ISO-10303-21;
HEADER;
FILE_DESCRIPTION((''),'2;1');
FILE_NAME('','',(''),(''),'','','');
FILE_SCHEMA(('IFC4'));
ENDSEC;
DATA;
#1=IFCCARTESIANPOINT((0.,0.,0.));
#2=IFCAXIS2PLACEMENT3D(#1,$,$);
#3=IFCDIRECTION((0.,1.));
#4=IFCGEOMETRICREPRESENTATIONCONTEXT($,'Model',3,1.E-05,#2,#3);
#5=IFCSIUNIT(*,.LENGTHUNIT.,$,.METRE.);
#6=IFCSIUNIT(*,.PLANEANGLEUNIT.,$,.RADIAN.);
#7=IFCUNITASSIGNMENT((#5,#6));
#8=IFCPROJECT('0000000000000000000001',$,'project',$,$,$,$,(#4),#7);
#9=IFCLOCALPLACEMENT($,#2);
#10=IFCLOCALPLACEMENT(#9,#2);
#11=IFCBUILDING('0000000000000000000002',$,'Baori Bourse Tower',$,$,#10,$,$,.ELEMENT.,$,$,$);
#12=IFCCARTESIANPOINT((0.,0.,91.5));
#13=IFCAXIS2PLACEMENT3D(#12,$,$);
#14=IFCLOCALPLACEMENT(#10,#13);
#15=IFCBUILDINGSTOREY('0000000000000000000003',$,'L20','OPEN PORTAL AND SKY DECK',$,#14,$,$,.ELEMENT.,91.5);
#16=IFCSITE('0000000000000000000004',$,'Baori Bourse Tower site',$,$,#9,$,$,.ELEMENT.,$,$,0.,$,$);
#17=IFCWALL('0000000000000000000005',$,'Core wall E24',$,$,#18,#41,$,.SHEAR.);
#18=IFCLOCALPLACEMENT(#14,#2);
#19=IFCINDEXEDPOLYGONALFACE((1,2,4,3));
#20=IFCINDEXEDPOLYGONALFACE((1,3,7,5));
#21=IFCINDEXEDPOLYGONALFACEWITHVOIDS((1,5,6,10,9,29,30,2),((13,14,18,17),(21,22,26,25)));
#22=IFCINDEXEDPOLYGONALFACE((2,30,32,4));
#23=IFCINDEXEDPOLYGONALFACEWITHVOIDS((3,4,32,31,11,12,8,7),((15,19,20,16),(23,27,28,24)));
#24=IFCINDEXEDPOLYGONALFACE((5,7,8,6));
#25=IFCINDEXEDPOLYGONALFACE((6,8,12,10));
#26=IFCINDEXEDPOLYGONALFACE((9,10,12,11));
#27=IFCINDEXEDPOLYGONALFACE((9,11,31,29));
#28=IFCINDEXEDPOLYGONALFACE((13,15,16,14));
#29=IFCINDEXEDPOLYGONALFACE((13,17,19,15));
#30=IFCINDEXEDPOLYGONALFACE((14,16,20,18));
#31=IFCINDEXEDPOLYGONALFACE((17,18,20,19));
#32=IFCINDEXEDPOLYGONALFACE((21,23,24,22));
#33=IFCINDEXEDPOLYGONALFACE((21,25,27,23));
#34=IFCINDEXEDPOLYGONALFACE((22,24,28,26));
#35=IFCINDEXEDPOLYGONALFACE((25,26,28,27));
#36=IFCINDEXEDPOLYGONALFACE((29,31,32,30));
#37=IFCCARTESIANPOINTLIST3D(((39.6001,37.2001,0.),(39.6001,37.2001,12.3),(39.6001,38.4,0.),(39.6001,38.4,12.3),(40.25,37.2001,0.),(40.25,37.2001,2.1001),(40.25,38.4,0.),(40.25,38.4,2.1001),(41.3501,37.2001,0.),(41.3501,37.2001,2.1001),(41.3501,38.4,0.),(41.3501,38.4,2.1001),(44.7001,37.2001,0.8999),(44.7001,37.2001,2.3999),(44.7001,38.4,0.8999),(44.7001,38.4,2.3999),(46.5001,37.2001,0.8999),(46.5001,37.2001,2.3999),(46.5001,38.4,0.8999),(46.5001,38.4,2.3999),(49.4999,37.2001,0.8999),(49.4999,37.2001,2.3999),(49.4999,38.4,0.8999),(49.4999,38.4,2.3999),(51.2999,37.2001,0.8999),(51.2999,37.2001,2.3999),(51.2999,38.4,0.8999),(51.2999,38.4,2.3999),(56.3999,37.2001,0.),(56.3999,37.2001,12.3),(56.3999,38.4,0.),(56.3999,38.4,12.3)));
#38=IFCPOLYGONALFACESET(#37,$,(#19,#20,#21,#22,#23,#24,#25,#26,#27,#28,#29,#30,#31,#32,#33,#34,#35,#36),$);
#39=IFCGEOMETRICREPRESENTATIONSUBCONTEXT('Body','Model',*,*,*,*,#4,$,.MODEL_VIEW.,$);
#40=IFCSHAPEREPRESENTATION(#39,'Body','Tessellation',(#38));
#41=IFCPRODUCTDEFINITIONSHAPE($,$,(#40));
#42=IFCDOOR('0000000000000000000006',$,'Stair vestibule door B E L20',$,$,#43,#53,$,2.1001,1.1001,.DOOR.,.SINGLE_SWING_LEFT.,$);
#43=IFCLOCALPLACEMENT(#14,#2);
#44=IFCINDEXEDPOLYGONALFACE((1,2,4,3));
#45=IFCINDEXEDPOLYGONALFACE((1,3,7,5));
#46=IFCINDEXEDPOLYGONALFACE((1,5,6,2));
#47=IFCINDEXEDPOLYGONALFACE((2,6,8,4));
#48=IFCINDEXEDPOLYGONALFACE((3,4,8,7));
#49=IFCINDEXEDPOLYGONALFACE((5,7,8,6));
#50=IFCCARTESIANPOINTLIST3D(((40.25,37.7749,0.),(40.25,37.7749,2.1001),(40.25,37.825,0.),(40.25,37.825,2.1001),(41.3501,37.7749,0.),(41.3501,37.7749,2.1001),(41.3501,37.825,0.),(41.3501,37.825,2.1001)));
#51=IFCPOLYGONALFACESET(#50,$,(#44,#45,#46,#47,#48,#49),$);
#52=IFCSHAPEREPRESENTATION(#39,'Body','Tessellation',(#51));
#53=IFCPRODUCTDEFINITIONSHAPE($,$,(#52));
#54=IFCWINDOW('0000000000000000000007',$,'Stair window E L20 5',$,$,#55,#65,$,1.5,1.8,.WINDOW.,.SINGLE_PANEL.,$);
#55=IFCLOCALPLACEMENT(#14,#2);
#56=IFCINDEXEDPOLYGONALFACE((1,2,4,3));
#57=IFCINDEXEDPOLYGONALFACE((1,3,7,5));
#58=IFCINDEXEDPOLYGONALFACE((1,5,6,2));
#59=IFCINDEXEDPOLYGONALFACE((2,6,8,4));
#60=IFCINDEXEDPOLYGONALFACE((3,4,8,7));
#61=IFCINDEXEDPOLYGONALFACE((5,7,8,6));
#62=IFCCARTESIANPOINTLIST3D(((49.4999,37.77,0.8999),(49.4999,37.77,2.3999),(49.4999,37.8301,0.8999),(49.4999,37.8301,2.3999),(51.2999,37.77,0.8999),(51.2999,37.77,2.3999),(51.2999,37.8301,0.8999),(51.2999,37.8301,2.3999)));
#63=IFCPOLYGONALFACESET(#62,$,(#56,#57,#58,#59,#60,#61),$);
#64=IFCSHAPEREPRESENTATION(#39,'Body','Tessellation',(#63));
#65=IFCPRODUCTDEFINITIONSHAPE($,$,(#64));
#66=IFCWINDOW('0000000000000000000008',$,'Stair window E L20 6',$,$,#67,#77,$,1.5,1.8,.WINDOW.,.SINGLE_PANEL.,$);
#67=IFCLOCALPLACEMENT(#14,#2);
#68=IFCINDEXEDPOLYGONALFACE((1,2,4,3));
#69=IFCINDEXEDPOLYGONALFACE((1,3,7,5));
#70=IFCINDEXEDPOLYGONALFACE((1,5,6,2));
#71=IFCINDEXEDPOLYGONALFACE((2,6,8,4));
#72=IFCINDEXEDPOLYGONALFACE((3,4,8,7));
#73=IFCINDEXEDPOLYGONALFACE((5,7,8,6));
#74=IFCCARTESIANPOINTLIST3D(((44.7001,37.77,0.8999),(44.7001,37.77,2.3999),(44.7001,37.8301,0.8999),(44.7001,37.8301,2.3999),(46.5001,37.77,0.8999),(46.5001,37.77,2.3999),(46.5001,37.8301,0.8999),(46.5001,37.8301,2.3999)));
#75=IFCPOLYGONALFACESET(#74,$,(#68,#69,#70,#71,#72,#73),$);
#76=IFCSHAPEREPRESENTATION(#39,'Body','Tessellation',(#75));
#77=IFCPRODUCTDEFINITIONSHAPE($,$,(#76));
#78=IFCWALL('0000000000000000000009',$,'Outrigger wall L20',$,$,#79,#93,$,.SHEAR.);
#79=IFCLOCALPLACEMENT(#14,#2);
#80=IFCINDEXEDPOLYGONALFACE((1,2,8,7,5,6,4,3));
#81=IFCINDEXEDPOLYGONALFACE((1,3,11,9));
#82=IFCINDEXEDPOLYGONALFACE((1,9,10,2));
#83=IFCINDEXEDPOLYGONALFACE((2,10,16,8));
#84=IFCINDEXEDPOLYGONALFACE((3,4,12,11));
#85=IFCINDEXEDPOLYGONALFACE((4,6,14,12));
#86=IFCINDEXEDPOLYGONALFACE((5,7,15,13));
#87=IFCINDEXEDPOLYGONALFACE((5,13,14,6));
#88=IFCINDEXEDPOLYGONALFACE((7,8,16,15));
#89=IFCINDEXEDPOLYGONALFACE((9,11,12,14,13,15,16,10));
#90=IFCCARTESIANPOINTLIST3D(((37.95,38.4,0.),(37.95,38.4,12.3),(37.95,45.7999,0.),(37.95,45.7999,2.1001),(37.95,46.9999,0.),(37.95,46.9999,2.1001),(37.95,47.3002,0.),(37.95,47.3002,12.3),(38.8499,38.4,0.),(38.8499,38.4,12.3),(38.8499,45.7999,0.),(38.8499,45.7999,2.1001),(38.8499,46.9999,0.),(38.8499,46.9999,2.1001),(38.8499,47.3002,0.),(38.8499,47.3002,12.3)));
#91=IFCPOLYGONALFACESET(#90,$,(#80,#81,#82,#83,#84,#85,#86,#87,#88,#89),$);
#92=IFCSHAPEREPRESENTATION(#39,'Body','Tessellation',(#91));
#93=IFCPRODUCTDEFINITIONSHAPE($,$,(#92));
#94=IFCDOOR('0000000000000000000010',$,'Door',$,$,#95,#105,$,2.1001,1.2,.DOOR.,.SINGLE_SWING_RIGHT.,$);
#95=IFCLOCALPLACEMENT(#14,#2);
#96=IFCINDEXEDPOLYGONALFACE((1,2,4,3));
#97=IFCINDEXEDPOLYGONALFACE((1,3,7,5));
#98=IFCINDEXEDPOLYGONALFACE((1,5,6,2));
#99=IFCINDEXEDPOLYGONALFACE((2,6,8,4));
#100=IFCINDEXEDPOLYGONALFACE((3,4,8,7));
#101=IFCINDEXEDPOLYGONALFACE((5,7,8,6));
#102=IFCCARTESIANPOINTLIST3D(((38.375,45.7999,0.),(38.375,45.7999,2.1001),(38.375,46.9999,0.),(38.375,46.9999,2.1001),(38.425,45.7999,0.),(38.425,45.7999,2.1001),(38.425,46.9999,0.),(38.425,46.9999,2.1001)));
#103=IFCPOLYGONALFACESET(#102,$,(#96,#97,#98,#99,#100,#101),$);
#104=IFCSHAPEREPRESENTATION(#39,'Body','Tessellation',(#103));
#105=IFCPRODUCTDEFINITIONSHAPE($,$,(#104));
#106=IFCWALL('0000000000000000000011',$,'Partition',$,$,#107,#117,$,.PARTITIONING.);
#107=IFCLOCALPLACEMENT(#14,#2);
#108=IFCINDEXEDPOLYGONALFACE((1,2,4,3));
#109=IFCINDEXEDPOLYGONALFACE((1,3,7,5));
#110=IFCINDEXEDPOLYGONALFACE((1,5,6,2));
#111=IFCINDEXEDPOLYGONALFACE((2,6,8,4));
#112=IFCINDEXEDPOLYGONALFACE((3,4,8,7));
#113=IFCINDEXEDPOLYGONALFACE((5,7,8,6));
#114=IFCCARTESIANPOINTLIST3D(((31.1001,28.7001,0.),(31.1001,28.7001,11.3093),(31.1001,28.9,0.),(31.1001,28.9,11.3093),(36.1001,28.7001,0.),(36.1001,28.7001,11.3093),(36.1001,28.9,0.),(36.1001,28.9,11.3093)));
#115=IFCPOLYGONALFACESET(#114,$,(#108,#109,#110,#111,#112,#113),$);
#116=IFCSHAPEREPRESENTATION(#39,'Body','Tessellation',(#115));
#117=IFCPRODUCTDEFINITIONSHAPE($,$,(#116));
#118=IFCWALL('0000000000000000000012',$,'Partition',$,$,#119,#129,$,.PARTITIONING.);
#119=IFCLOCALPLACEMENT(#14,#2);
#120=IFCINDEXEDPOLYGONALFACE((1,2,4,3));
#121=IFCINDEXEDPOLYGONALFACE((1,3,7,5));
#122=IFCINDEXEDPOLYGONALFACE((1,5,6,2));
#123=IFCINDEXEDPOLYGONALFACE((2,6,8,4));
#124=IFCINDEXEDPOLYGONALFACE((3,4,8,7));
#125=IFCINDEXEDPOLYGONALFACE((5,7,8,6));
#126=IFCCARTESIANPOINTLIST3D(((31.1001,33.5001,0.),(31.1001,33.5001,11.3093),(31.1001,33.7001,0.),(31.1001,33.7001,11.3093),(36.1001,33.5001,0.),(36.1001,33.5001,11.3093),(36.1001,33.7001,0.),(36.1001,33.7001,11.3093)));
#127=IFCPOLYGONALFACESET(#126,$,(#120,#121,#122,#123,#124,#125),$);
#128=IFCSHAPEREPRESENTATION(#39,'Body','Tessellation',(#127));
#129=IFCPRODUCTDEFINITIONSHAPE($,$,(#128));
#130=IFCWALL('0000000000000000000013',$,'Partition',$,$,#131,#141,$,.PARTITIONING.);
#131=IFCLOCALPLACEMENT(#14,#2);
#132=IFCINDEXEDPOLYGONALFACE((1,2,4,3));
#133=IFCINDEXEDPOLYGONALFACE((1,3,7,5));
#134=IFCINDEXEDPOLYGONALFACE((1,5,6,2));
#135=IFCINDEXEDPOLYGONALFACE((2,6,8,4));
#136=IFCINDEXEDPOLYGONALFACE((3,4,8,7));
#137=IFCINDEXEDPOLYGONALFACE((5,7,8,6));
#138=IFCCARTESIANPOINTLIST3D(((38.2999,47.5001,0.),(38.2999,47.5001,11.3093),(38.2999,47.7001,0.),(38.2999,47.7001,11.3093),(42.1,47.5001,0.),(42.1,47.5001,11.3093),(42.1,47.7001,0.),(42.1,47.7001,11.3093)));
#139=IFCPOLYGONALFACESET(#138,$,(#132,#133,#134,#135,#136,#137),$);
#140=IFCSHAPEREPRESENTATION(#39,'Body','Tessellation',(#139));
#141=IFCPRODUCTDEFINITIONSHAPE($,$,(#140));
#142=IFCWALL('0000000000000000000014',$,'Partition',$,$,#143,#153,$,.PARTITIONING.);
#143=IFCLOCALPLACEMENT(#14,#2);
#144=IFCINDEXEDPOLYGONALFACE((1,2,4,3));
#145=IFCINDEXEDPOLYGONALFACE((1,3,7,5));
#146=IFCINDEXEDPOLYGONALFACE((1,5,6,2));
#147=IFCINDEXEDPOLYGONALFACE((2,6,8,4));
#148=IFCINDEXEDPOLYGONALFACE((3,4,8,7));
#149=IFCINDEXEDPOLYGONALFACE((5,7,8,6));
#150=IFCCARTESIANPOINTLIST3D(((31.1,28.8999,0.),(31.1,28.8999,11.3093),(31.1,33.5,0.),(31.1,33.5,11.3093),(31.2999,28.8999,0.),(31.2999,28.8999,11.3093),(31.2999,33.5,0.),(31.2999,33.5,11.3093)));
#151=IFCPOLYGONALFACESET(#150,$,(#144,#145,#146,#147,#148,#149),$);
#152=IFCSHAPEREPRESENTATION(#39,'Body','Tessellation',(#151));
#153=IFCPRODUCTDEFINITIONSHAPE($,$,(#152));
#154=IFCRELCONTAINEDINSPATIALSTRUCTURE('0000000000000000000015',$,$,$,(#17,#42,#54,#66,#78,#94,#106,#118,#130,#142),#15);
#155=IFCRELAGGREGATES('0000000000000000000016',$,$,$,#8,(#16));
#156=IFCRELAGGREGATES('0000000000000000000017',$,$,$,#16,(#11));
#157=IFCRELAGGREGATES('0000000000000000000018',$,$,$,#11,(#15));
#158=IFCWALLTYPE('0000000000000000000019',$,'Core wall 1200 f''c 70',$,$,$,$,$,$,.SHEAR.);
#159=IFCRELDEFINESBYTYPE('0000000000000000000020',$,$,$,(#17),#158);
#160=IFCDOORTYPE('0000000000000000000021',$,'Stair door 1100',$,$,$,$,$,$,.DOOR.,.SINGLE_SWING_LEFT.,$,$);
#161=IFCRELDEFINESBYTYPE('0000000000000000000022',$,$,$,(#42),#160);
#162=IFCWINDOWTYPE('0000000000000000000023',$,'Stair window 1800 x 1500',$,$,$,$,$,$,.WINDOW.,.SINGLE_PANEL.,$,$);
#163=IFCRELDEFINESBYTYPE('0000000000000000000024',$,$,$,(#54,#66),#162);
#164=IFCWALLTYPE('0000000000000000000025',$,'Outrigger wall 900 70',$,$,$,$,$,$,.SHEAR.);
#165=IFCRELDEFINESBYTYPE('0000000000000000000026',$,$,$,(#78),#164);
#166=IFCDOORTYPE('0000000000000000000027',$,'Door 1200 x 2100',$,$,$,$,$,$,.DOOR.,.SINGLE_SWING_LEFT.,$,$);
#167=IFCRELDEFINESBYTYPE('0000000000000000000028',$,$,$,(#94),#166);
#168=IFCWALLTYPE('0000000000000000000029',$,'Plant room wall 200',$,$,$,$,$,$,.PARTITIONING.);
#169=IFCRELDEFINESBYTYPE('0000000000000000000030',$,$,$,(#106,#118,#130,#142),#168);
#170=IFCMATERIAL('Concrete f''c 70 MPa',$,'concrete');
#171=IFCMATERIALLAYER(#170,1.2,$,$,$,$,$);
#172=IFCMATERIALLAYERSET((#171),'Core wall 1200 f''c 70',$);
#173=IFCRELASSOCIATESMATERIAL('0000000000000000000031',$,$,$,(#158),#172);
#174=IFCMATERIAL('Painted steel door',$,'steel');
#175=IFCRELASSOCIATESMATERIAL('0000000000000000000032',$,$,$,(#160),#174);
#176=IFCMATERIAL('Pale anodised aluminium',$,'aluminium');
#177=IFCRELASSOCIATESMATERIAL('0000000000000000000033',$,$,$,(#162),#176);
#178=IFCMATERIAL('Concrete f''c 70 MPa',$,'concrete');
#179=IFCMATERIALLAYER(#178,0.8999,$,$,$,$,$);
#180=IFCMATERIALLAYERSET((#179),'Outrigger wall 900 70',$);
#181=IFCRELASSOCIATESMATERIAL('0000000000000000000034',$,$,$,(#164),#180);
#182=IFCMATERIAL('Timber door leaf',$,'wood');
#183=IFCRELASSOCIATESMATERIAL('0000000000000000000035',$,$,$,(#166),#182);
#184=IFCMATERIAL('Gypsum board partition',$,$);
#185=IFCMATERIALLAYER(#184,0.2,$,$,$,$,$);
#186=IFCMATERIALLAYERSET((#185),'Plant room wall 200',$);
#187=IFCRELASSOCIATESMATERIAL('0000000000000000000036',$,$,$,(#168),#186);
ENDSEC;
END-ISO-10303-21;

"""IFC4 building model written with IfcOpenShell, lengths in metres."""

from ifc_helpers import new_model, si_unit, direction, frame, frame_2d, origin, place, context, subcontext, project, spatial, rectangle, extrude, material, layer, layer_set, type_object, element, fill, save


model = new_model("IFC4")

# Units and contexts
model_context = context("Model", 3, precision=1e-05, world=origin(), true_north=direction((0.0, 1.0)))
body_context = subcontext(model_context, "Body", "Model", "MODEL_VIEW")
ifc_project = project(units=[si_unit("LENGTHUNIT", "METRE"), si_unit("PLANEANGLEUNIT", "RADIAN")], contexts=[model_context])

# Site, building, storey
site_placement = place(None, origin())
site = spatial("IfcSite", under=ifc_project, at=site_placement, Name="Baori Bourse Tower site", CompositionType="ELEMENT", RefElevation=0.0)
building_placement = place(site_placement, origin())
building = spatial("IfcBuilding", under=site, at=building_placement, Name="Baori Bourse Tower", CompositionType="ELEMENT")
storey_placement = place(building_placement, frame((0.0, 0.0, 91.5)))
storey = spatial("IfcBuildingStorey", under=building, at=storey_placement, Name="L20", Description="OPEN PORTAL AND SKY DECK", CompositionType="ELEMENT", Elevation=91.5)

# Wall, openings, door, windows
ifc_material_1 = material(Name="Concrete f'c 70 MPa", Category="concrete")
ifc_layer_1 = layer(ifc_material_1, 1.2)
ifc_layer_set_1 = layer_set([ifc_layer_1], Name="Core wall 1200 f'c 70")
wall_type_1 = type_object("IfcWallType", Name="Core wall 1200 f'c 70", PredefinedType="SHEAR", material=ifc_layer_set_1)
wall_1_placement = place(storey_placement, frame((39.6001, 37.8, 0.0), z_axis=(0.0, 0.0, 1.0), x_axis=(1.0, 0.0, 0.0)))
wall_1 = element("IfcWall", 1, at=wall_1_placement, inside=storey, type_object=wall_type_1, Name="Core wall E24", PredefinedType="SHEAR", context=body_context, shape_type="SweptSolid", body=[
    extrude(rectangle(XDim=16.7998, YDim=1.2, at=frame_2d((8.3999, 0.0))), origin(), (0.0, 0.0, 1.0), 12.3),
])
opening_1_placement = place(wall_1_placement, frame((0.6499, 0.0, 0.0)))
opening_1 = element("IfcOpeningElement", 2, at=opening_1_placement, cuts=wall_1, PredefinedType="OPENING", context=body_context, shape_type="SweptSolid", body=[
    extrude(rectangle(XDim=1.1001, YDim=2.1001, at=frame_2d((0.55, 1.05))), frame((0.0, 0.6099, 0.0), z_axis=(0.0, -1.0, 0.0), x_axis=(1.0, 0.0, 0.0)), (0.0, 0.0, 1.0), 1.22),
])
opening_2_placement = place(wall_1_placement, frame((9.8999, 0.0, 0.8999)))
opening_2 = element("IfcOpeningElement", 3, at=opening_2_placement, cuts=wall_1, PredefinedType="OPENING", context=body_context, shape_type="SweptSolid", body=[
    extrude(rectangle(XDim=1.8, YDim=1.5, at=frame_2d((0.8999, 0.75))), frame((0.0, 0.6099, 0.0), z_axis=(0.0, -1.0, 0.0), x_axis=(1.0, 0.0, 0.0)), (0.0, 0.0, 1.0), 1.22),
])
opening_3_placement = place(wall_1_placement, frame((5.1001, 0.0, 0.8999)))
opening_3 = element("IfcOpeningElement", 4, at=opening_3_placement, cuts=wall_1, PredefinedType="OPENING", context=body_context, shape_type="SweptSolid", body=[
    extrude(rectangle(XDim=1.8, YDim=1.5, at=frame_2d((0.8999, 0.75))), frame((0.0, 0.6099, 0.0), z_axis=(0.0, -1.0, 0.0), x_axis=(1.0, 0.0, 0.0)), (0.0, 0.0, 1.0), 1.22),
])
ifc_material_2 = material(Name="Painted steel door", Category="steel")
door_type_1 = type_object("IfcDoorType", Name="Stair door 1100", OperationType="SINGLE_SWING_LEFT", PredefinedType="DOOR", material=ifc_material_2)
door_1_placement = place(opening_1_placement, origin())
door_1 = element("IfcDoor", 5, at=door_1_placement, inside=storey, type_object=door_type_1, Name="Stair vestibule door B E L20", OperationType="SINGLE_SWING_LEFT", OverallHeight=2.1001, OverallWidth=1.1001, PredefinedType="DOOR", context=body_context, shape_type="SweptSolid", body=[
    extrude(rectangle(XDim=1.1001, YDim=2.1001, at=frame_2d((0.55, 1.05))), frame((0.0, 0.0249, 0.0), z_axis=(0.0, -1.0, 0.0), x_axis=(1.0, 0.0, 0.0)), (0.0, 0.0, 1.0), 0.05),
])
fill(opening_1, door_1)
ifc_material_3 = material(Name="Pale anodised aluminium", Category="aluminium")
window_type = type_object("IfcWindowType", Name="Stair window 1800 x 1500", PartitioningType="SINGLE_PANEL", PredefinedType="WINDOW", material=ifc_material_3)
window_1_placement = place(opening_2_placement, origin())
window_1 = element("IfcWindow", 6, at=window_1_placement, inside=storey, type_object=window_type, Name="Stair window E L20 5", OverallHeight=1.5, OverallWidth=1.8, PartitioningType="SINGLE_PANEL", PredefinedType="WINDOW", context=body_context, shape_type="SweptSolid", body=[
    extrude(rectangle(XDim=1.8, YDim=1.5, at=frame_2d((0.8999, 0.75))), frame((0.0, 0.03, 0.0), z_axis=(0.0, -1.0, 0.0), x_axis=(1.0, 0.0, 0.0)), (0.0, 0.0, 1.0), 0.0601),
])
fill(opening_2, window_1)
window_2_placement = place(opening_3_placement, origin())
window_2 = element("IfcWindow", 7, at=window_2_placement, inside=storey, type_object=window_type, Name="Stair window E L20 6", OverallHeight=1.5, OverallWidth=1.8, PartitioningType="SINGLE_PANEL", PredefinedType="WINDOW", context=body_context, shape_type="SweptSolid", body=[
    extrude(rectangle(XDim=1.8, YDim=1.5, at=frame_2d((0.8999, 0.75))), frame((0.0, 0.03, 0.0), z_axis=(0.0, -1.0, 0.0), x_axis=(1.0, 0.0, 0.0)), (0.0, 0.0, 1.0), 0.0601),
])
fill(opening_3, window_2)

# Wall, opening, door
ifc_material_4 = material(Name="Concrete f'c 70 MPa", Category="concrete")
ifc_layer_2 = layer(ifc_material_4, 0.8999)
ifc_layer_set_2 = layer_set([ifc_layer_2], Name="Outrigger wall 900 70")
wall_type_2 = type_object("IfcWallType", Name="Outrigger wall 900 70", PredefinedType="SHEAR", material=ifc_layer_set_2)
wall_2_placement = place(storey_placement, frame((38.3999, 38.3999, 0.0), z_axis=(0.0, 0.0, 1.0), x_axis=(0.0, 1.0, 0.0)))
wall_2 = element("IfcWall", 8, at=wall_2_placement, inside=storey, type_object=wall_type_2, Name="Outrigger wall L20", PredefinedType="SHEAR", context=body_context, shape_type="SweptSolid", body=[
    extrude(rectangle(XDim=8.9001, YDim=0.8999, at=frame_2d((4.4502, 0.0))), origin(), (0.0, 0.0, 1.0), 12.3),
])
opening_4_placement = place(wall_2_placement, frame((7.3999, 0.0, 0.0)))
opening_4 = element("IfcOpeningElement", 9, at=opening_4_placement, cuts=wall_2, PredefinedType="OPENING", context=body_context, shape_type="SweptSolid", body=[
    extrude(rectangle(XDim=1.2, YDim=2.1001, at=frame_2d((0.6001, 1.05))), frame((0.0, 0.46, 0.0), z_axis=(0.0, -1.0, 0.0), x_axis=(1.0, 0.0, 0.0)), (0.0, 0.0, 1.0), 0.9199),
])
ifc_material_5 = material(Name="Timber door leaf", Category="wood")
door_type_2 = type_object("IfcDoorType", Name="Door 1200 x 2100", OperationType="SINGLE_SWING_LEFT", PredefinedType="DOOR", material=ifc_material_5)
door_2_placement = place(opening_4_placement, origin())
door_2 = element("IfcDoor", 10, at=door_2_placement, inside=storey, type_object=door_type_2, Name="Door", OperationType="SINGLE_SWING_RIGHT", OverallHeight=2.1001, OverallWidth=1.2, PredefinedType="DOOR", context=body_context, shape_type="SweptSolid", body=[
    extrude(rectangle(XDim=1.2, YDim=2.1001, at=frame_2d((0.6001, 1.05))), frame((0.0, 0.0249, 0.0), z_axis=(0.0, -1.0, 0.0), x_axis=(1.0, 0.0, 0.0)), (0.0, 0.0, 1.0), 0.05),
])
fill(opening_4, door_2)

# Walls
ifc_material_6 = material(Name="Gypsum board partition")
ifc_layer_3 = layer(ifc_material_6, 0.2)
ifc_layer_set_3 = layer_set([ifc_layer_3], Name="Plant room wall 200")
wall_type_3 = type_object("IfcWallType", Name="Plant room wall 200", PredefinedType="PARTITIONING", material=ifc_layer_set_3)
for number, where, z_axis, x_axis, name in (
    (11, (31.1001, 28.8, 0.0), (0.0, 0.0, 1.0), (1.0, 0.0, 0.0), "Partition"),
    (12, (31.1001, 33.6001, 0.0), (0.0, 0.0, 1.0), (1.0, 0.0, 0.0), "Partition"),
):
    element("IfcWall", number, at=place(storey_placement, frame(where, z_axis=z_axis, x_axis=x_axis)), inside=storey, type_object=wall_type_3, Name=name, PredefinedType="PARTITIONING", context=body_context, shape_type="SweptSolid", body=[
        extrude(rectangle(XDim=5.0, YDim=0.2, at=frame_2d((2.5, 0.0))), origin(), (0.0, 0.0, 1.0), 11.3093),
    ])
wall_3_placement = place(storey_placement, frame((38.3, 47.6001, 0.0), z_axis=(0.0, 0.0, 1.0), x_axis=(1.0, 0.0, 0.0)))
element("IfcWall", 13, at=wall_3_placement, inside=storey, type_object=wall_type_3, Name="Partition", PredefinedType="PARTITIONING", context=body_context, shape_type="SweptSolid", body=[
    extrude(rectangle(XDim=3.8, YDim=0.2, at=frame_2d((1.8999, 0.0))), origin(), (0.0, 0.0, 1.0), 11.3093),
])
wall_4_placement = place(storey_placement, frame((31.2, 28.8999, 0.0), z_axis=(0.0, 0.0, 1.0), x_axis=(0.0, 1.0, 0.0)))
element("IfcWall", 14, at=wall_4_placement, inside=storey, type_object=wall_type_3, Name="Partition", PredefinedType="PARTITIONING", context=body_context, shape_type="SweptSolid", body=[
    extrude(rectangle(XDim=4.6001, YDim=0.2, at=frame_2d((2.3, 0.0))), origin(), (0.0, 0.0, 1.0), 11.3093),
])

save(model, "model.ifc")
